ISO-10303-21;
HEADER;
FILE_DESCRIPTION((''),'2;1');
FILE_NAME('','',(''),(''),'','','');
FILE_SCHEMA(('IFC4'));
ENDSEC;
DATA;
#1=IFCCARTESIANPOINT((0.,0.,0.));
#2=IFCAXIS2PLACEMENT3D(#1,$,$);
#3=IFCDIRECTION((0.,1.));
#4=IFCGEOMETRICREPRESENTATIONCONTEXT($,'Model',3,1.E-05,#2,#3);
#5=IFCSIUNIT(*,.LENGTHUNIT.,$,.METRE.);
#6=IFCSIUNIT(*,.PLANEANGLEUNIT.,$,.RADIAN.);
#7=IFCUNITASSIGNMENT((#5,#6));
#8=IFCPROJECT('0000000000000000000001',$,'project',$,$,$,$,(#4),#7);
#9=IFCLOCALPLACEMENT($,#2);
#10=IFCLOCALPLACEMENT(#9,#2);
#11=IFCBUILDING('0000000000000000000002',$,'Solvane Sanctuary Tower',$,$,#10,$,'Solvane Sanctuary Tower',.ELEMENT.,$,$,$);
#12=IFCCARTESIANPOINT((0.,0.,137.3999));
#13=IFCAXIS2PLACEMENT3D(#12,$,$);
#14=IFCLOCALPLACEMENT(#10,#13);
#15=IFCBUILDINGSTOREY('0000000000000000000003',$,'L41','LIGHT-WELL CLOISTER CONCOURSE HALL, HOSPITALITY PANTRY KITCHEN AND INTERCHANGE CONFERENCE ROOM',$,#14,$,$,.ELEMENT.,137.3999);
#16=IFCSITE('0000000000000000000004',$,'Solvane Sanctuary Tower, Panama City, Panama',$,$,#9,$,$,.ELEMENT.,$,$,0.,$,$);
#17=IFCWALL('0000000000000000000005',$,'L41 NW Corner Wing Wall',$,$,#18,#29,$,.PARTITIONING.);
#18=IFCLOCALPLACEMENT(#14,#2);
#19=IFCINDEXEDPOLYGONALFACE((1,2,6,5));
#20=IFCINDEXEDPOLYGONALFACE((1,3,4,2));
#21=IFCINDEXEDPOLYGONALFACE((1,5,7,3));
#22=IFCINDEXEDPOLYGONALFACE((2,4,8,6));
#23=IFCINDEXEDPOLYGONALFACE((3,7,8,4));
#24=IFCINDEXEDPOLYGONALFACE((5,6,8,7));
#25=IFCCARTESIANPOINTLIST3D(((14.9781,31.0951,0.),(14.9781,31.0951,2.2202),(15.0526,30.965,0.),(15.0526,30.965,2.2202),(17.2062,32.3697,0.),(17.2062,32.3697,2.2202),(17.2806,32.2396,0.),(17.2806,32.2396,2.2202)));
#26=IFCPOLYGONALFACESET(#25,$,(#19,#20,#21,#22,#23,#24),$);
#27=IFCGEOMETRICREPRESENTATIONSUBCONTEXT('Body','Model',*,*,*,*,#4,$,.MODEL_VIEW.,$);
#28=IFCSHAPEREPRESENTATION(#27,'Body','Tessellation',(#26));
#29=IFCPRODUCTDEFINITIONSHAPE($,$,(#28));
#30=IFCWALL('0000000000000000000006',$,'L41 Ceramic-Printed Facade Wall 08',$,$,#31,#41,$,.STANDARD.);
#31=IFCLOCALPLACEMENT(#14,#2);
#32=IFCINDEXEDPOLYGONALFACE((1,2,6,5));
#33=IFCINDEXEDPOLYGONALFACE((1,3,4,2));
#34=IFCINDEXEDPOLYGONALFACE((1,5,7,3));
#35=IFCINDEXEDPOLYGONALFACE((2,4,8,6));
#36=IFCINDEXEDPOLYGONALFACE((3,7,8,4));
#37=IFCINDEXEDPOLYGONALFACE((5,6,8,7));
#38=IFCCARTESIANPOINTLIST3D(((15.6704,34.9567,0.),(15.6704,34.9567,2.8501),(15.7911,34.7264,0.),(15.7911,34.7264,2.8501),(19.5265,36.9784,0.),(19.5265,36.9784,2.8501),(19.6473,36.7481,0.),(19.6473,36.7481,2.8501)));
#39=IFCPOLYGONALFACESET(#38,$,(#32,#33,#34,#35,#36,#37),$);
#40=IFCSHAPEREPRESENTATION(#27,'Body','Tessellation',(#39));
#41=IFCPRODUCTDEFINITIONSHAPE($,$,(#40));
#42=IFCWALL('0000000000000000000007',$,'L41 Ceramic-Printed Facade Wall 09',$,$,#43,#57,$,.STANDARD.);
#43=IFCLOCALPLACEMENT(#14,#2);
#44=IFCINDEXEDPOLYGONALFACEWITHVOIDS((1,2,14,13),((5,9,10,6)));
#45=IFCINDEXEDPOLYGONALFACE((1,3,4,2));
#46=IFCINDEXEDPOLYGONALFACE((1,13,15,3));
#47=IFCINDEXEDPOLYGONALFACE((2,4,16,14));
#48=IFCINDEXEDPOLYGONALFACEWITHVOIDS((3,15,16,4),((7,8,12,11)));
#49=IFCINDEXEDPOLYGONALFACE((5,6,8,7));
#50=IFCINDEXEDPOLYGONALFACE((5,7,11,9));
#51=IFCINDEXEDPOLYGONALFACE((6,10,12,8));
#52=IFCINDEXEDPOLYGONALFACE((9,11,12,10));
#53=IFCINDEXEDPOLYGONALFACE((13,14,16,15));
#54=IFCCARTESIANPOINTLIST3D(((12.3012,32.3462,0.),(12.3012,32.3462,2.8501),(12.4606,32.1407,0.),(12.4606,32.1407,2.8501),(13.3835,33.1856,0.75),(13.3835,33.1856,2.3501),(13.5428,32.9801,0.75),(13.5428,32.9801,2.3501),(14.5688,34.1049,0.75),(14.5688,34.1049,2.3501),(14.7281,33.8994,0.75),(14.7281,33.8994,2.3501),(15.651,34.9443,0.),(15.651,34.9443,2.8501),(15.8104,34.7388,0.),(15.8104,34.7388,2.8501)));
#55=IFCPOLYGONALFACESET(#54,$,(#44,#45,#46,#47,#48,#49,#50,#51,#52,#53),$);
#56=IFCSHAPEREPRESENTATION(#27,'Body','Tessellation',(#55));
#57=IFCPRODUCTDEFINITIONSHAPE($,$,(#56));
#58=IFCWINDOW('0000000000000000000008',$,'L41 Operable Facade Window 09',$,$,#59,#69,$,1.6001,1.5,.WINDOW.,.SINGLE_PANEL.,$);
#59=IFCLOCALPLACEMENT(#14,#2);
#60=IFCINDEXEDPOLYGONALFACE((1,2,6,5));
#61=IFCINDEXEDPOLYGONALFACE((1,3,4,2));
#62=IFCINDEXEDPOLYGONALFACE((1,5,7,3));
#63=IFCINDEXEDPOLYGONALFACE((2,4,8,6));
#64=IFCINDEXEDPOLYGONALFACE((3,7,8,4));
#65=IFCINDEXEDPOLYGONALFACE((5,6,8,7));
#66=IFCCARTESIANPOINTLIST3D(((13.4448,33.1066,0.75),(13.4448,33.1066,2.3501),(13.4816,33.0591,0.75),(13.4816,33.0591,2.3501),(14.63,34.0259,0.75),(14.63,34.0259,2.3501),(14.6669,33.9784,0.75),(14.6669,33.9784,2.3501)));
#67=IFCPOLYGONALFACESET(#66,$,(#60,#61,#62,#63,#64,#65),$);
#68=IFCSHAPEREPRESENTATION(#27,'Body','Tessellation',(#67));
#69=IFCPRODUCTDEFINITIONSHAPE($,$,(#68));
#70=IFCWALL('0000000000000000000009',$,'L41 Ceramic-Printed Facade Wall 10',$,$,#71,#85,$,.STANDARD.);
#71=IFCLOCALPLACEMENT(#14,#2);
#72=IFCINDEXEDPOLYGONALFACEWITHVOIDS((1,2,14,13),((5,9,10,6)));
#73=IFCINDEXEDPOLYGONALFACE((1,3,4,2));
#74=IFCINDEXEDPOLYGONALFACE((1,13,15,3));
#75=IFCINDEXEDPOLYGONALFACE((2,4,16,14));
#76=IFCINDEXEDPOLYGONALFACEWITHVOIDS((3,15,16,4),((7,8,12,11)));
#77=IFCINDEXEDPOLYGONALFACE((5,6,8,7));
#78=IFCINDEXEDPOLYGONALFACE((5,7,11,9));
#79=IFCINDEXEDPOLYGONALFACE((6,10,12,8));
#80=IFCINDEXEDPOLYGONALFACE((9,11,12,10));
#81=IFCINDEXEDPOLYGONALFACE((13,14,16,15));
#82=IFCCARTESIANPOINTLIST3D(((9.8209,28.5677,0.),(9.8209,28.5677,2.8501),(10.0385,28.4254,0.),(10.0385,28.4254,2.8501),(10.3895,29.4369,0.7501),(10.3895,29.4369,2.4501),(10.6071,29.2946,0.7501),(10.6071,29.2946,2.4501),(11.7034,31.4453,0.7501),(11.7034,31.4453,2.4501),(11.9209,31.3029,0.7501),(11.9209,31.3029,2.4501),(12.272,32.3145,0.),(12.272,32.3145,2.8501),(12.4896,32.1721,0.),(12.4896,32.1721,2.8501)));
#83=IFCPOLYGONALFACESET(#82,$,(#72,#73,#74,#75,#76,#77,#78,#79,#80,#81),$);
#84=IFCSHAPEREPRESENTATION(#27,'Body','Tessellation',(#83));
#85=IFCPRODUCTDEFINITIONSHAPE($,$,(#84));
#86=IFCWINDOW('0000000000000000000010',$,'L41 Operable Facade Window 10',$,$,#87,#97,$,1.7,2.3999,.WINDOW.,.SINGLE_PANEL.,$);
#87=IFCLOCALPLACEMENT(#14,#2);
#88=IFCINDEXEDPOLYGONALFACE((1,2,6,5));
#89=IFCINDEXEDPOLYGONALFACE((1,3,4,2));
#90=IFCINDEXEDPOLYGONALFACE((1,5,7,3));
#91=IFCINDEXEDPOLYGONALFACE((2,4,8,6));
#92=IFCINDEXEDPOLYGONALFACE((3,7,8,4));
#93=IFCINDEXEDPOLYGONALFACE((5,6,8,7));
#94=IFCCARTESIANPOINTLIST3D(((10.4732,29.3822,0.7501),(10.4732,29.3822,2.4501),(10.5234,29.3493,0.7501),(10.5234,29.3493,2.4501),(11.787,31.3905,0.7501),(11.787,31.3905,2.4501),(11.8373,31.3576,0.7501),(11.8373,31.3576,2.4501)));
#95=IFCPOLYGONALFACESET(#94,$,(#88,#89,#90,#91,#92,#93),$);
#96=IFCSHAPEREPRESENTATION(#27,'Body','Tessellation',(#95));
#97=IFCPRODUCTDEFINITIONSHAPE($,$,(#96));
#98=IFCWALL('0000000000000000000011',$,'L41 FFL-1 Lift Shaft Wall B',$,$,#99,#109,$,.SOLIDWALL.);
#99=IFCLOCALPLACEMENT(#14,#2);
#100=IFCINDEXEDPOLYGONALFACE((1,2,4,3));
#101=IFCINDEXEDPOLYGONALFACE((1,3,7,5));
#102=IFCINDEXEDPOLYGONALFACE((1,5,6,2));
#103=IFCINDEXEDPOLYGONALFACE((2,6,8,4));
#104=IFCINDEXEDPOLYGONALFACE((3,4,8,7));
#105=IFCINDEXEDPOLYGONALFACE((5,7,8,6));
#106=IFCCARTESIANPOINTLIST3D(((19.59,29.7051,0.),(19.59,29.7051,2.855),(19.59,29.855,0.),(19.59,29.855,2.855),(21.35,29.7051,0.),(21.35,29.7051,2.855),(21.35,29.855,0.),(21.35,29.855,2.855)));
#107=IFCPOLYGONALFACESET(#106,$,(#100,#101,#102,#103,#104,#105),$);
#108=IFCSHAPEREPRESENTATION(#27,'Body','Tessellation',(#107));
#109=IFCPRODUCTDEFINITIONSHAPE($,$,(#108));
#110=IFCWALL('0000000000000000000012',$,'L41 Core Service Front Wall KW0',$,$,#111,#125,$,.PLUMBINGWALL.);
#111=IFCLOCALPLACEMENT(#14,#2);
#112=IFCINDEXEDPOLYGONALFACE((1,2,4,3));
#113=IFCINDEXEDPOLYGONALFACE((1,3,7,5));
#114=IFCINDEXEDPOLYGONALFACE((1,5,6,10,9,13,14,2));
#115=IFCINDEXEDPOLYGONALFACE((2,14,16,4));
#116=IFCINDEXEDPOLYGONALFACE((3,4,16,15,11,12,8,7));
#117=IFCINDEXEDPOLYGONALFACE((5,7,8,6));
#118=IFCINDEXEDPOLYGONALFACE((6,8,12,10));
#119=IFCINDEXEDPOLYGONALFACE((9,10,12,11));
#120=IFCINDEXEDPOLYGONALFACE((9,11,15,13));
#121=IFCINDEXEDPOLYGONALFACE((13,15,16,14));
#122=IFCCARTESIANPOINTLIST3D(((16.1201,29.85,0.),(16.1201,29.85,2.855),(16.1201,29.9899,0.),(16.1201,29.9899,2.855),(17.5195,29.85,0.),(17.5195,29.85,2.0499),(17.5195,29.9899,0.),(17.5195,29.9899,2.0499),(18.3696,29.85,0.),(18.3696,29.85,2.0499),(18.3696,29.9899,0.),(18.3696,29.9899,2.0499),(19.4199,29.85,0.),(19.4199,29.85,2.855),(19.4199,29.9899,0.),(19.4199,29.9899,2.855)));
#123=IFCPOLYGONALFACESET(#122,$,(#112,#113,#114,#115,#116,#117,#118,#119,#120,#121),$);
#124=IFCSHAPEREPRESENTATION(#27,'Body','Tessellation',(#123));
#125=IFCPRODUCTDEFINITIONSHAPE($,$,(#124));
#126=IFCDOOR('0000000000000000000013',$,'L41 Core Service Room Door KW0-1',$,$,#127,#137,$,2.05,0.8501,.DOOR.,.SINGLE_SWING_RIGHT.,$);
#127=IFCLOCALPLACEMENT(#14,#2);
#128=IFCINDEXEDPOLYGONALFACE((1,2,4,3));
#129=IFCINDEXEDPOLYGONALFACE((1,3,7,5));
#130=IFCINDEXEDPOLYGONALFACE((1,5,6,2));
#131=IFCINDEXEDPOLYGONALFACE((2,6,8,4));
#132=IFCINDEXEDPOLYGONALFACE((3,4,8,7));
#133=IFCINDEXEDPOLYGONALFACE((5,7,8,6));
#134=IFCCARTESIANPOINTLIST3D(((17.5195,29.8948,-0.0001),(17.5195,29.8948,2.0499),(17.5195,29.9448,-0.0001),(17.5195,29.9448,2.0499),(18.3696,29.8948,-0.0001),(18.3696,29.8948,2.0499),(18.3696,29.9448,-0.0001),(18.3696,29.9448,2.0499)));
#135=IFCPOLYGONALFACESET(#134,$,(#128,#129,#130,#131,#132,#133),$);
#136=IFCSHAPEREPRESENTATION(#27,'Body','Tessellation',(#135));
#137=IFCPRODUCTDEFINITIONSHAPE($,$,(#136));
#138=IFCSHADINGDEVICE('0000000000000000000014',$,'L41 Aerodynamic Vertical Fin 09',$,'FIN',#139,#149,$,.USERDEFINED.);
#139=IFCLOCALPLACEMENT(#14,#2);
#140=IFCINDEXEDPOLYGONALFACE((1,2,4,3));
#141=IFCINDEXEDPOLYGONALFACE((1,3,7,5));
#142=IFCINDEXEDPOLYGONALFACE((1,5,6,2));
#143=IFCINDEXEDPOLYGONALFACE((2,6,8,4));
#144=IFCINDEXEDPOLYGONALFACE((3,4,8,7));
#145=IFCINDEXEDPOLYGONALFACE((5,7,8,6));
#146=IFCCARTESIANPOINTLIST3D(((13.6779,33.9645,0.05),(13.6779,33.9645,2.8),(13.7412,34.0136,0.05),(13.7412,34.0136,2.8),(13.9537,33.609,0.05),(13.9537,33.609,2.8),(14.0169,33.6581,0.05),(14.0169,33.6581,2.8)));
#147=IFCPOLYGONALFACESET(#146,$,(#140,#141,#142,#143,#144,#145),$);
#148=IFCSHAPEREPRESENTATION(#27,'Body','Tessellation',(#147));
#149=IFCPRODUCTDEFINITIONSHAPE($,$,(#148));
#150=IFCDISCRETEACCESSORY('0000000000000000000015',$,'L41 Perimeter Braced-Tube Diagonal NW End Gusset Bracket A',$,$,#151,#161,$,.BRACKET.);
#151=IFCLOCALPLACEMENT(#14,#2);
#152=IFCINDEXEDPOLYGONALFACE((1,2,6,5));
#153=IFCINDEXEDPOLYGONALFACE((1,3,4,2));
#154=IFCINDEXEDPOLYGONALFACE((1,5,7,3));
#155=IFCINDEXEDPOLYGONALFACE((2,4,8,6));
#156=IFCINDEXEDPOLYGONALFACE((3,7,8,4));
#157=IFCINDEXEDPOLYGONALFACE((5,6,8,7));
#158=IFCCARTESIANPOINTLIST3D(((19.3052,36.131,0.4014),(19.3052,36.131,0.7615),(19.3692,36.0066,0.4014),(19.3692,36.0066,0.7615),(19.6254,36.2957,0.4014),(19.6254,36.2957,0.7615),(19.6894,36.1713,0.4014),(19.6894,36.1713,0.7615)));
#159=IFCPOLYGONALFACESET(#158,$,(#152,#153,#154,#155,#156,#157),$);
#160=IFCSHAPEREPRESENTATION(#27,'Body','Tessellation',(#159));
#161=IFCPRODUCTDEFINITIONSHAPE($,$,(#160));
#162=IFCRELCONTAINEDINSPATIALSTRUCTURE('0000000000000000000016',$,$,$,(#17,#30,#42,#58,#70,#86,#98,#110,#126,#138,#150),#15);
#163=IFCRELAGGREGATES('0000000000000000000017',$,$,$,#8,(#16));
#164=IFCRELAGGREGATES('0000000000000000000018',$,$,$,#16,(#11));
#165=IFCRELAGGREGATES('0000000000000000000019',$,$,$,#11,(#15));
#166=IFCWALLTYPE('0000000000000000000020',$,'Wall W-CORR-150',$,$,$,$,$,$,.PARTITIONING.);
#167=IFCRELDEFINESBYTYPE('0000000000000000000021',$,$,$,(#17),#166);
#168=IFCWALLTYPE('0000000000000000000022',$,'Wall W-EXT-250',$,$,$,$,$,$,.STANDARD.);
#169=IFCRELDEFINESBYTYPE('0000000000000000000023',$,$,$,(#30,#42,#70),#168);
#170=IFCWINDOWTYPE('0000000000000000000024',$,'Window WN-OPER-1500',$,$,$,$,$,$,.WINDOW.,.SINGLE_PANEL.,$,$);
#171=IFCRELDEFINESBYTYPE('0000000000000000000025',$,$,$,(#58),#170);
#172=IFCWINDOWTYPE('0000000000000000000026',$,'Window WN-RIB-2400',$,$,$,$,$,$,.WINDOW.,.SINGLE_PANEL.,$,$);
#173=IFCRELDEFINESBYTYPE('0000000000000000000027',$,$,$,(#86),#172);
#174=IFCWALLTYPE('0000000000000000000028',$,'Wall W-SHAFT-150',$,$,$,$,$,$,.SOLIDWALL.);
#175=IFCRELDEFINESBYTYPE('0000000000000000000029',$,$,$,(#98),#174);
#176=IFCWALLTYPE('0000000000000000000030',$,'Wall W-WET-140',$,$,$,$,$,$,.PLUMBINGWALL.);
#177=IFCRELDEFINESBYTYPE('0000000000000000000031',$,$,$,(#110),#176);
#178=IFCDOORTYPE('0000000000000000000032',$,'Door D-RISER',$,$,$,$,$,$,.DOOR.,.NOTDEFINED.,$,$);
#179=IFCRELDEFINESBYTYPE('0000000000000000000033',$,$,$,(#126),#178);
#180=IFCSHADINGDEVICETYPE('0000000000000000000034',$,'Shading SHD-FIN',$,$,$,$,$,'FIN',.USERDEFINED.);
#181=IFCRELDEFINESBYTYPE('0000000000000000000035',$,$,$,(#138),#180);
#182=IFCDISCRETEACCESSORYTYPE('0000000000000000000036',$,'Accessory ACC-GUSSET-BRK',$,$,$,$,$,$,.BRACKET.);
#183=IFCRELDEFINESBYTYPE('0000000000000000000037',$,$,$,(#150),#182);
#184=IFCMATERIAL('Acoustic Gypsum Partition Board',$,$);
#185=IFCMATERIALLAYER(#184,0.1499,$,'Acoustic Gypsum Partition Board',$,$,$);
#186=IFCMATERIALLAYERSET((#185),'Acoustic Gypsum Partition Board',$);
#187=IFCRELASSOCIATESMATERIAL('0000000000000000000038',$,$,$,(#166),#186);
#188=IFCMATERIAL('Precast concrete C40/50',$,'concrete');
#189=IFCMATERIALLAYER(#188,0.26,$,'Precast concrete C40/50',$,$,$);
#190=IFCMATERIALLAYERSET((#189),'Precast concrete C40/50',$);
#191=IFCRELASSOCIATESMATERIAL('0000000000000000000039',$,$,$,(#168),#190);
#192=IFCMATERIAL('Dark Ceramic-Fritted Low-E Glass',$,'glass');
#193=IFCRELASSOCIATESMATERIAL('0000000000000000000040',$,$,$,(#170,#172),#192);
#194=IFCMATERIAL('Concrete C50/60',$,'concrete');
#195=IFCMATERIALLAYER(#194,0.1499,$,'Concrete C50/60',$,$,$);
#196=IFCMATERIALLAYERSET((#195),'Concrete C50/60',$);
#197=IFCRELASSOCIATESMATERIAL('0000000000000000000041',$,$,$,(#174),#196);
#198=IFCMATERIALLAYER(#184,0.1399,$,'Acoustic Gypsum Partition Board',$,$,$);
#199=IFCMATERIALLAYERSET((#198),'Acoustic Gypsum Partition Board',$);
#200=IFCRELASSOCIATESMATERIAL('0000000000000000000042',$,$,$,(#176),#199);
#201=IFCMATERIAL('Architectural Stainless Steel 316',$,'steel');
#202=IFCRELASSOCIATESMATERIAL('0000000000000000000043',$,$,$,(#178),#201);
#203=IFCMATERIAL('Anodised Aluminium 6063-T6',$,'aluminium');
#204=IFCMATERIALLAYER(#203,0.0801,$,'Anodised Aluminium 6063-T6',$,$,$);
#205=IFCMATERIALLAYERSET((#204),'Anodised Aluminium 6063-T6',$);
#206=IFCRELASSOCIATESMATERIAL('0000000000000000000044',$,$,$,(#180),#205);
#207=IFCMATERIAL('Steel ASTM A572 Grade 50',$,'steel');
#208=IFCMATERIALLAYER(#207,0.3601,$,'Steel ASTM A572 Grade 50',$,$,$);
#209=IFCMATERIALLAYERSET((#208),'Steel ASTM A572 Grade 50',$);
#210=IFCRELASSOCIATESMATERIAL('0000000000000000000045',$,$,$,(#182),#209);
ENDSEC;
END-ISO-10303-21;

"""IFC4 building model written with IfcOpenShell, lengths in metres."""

from ifc_helpers import new_model, si_unit, direction, frame, frame_2d, origin, origin_2d, place, context, subcontext, project, spatial, rectangle, extrude, material, layer, layer_set, type_object, element, fill, save


model = new_model("IFC4")

# Units and contexts
model_context = context("Model", 3, precision=1e-05, world=origin(), true_north=direction((0.0, 1.0)))
body_context = subcontext(model_context, "Body", "Model", "MODEL_VIEW")
ifc_project = project(units=[si_unit("LENGTHUNIT", "METRE"), si_unit("PLANEANGLEUNIT", "RADIAN")], contexts=[model_context])

# Site, building, storey
site_placement = place(None, origin())
site = spatial("IfcSite", under=ifc_project, at=site_placement, Name="Solvane Sanctuary Tower, Panama City, Panama", CompositionType="ELEMENT", RefElevation=0.0)
building_placement = place(site_placement, origin())
building = spatial("IfcBuilding", under=site, at=building_placement, Name="Solvane Sanctuary Tower", LongName="Solvane Sanctuary Tower", CompositionType="ELEMENT")
storey_placement = place(building_placement, frame((0.0, 0.0, 137.3999)))
storey = spatial("IfcBuildingStorey", under=building, at=storey_placement, Name="L41", Description="LIGHT-WELL CLOISTER CONCOURSE HALL, HOSPITALITY PANTRY KITCHEN AND INTERCHANGE CONFERENCE ROOM", CompositionType="ELEMENT", Elevation=137.3999)

# Shared definitions
ifc_material_1 = material(Name="Anodised Aluminium 6063-T6", Category="aluminium")

# Shared definitions
ifc_material_2 = material(Name="Acoustic Gypsum Partition Board")
ifc_layer_1 = layer(ifc_material_2, 0.1499, Name="Acoustic Gypsum Partition Board")
ifc_layer_set_1 = layer_set([ifc_layer_1], Name="Acoustic Gypsum Partition Board")
wall_type_1 = type_object("IfcWallType", Name="Wall W-CORR-150", PredefinedType="PARTITIONING", material=ifc_layer_set_1)

# Walls
wall_1_placement = place(storey_placement, frame((17.2434, 32.3047, 0.0), z_axis=(0.0, 0.0, 1.0), x_axis=(-0.867991, -0.496579, 0.0)))
element("IfcWall", 1, at=wall_1_placement, inside=storey, type_object=wall_type_1, Name="L41 NW Corner Wing Wall", PredefinedType="PARTITIONING", context=body_context, shape_type="SweptSolid", body=[
    extrude(rectangle(XDim=2.5669, YDim=0.1499, at=frame_2d((1.2834, 0.0))), origin(), (0.0, 0.0, 1.0), 2.2202),
])
ifc_material_3 = material(Name="Precast concrete C40/50", Category="concrete")
ifc_layer_2 = layer(ifc_material_3, 0.26, Name="Precast concrete C40/50")
ifc_layer_set_2 = layer_set([ifc_layer_2], Name="Precast concrete C40/50")
wall_type_2 = type_object("IfcWallType", Name="Wall W-EXT-250", PredefinedType="STANDARD", material=ifc_layer_set_2)
wall_2_placement = place(storey_placement, frame((19.5869, 36.8633, 0.0), z_axis=(0.0, 0.0, 1.0), x_axis=(-0.88566, -0.464334, 0.0)))
element("IfcWall", 2, at=wall_2_placement, inside=storey, type_object=wall_type_2, Name="L41 Ceramic-Printed Facade Wall 08", PredefinedType="STANDARD", context=body_context, shape_type="SweptSolid", body=[
    extrude(rectangle(XDim=4.354, YDim=0.26, at=frame_2d((2.177, 0.0))), origin(), (0.0, 0.0, 1.0), 2.8501),
])

# Walls, openings, windows
wall_3_placement = place(storey_placement, frame((15.7307, 34.8416, 0.0), z_axis=(0.0, 0.0, 1.0), x_axis=(-0.790186, -0.612868, 0.0)))
wall_3 = element("IfcWall", 3, at=wall_3_placement, inside=storey, type_object=wall_type_2, Name="L41 Ceramic-Printed Facade Wall 09", PredefinedType="STANDARD", context=body_context, shape_type="SweptSolid", body=[
    extrude(rectangle(XDim=4.2393, YDim=0.26, at=frame_2d((2.1196, 0.0))), origin(), (0.0, 0.0, 1.0), 2.8501),
])
opening_1_placement = place(wall_3_placement, frame((1.3696, 0.0, 0.75)))
opening_1 = element("IfcOpeningElement", 4, at=opening_1_placement, cuts=wall_3, PredefinedType="OPENING", context=body_context, shape_type="SweptSolid", body=[
    extrude(rectangle(XDim=1.5, YDim=1.6001, at=frame_2d((0.75, 0.8))), frame((0.0, 0.1399, 0.0), z_axis=(0.0, -1.0, 0.0), x_axis=(1.0, 0.0, 0.0)), (0.0, 0.0, 1.0), 0.28),
])
ifc_material_4 = material(Name="Dark Ceramic-Fritted Low-E Glass", Category="glass")
window_type_1 = type_object("IfcWindowType", Name="Window WN-OPER-1500", PartitioningType="SINGLE_PANEL", PredefinedType="WINDOW", material=ifc_material_4)
window_1_placement = place(opening_1_placement, origin())
window_1 = element("IfcWindow", 5, at=window_1_placement, inside=storey, type_object=window_type_1, Name="L41 Operable Facade Window 09", OverallHeight=1.6001, OverallWidth=1.5, PartitioningType="SINGLE_PANEL", PredefinedType="WINDOW", context=body_context, shape_type="SweptSolid", body=[
    extrude(rectangle(XDim=1.5, YDim=1.6001, at=frame_2d((0.75, 0.8))), frame((0.0, 0.03, 0.0), z_axis=(0.0, -1.0, 0.0), x_axis=(1.0, 0.0, 0.0)), (0.0, 0.0, 1.0), 0.0601),
])
fill(opening_1, window_1)
wall_4_placement = place(storey_placement, frame((12.3809, 32.2434, 0.0), z_axis=(0.0, 0.0, 1.0), x_axis=(-0.547456, -0.836834, 0.0)))
wall_4 = element("IfcWall", 6, at=wall_4_placement, inside=storey, type_object=wall_type_2, Name="L41 Ceramic-Printed Facade Wall 10", PredefinedType="STANDARD", context=body_context, shape_type="SweptSolid", body=[
    extrude(rectangle(XDim=4.4773, YDim=0.26, at=frame_2d((2.2388, 0.0))), origin(), (0.0, 0.0, 1.0), 2.8501),
])
opening_2_placement = place(wall_4_placement, frame((1.0388, 0.0, 0.75)))
opening_2 = element("IfcOpeningElement", 7, at=opening_2_placement, cuts=wall_4, PredefinedType="OPENING", context=body_context, shape_type="SweptSolid", body=[
    extrude(rectangle(XDim=2.3999, YDim=1.7, at=frame_2d((1.2, 0.8501))), frame((0.0, 0.1399, 0.0), z_axis=(0.0, -1.0, 0.0), x_axis=(1.0, 0.0, 0.0)), (0.0, 0.0, 1.0), 0.28),
])
window_type_2 = type_object("IfcWindowType", Name="Window WN-RIB-2400", PartitioningType="SINGLE_PANEL", PredefinedType="WINDOW", material=ifc_material_4)
window_2_placement = place(opening_2_placement, origin())
window_2 = element("IfcWindow", 8, at=window_2_placement, inside=storey, type_object=window_type_2, Name="L41 Operable Facade Window 10", OverallHeight=1.7, OverallWidth=2.3999, PartitioningType="SINGLE_PANEL", PredefinedType="WINDOW", context=body_context, shape_type="SweptSolid", body=[
    extrude(rectangle(XDim=2.3999, YDim=1.7, at=frame_2d((1.2, 0.8501))), frame((0.0, 0.03, 0.0), z_axis=(0.0, -1.0, 0.0), x_axis=(1.0, 0.0, 0.0)), (0.0, 0.0, 1.0), 0.0601),
])
fill(opening_2, window_2)

# Wall
ifc_material_5 = material(Name="Concrete C50/60", Category="concrete")
ifc_layer_3 = layer(ifc_material_5, 0.1499, Name="Concrete C50/60")
ifc_layer_set_3 = layer_set([ifc_layer_3], Name="Concrete C50/60")
wall_type_3 = type_object("IfcWallType", Name="Wall W-SHAFT-150", PredefinedType="SOLIDWALL", material=ifc_layer_set_3)
wall_5_placement = place(storey_placement, frame((19.5901, 29.78, 0.0), z_axis=(0.0, 0.0, 1.0), x_axis=(1.0, 0.0, 0.0)))
element("IfcWall", 9, at=wall_5_placement, inside=storey, type_object=wall_type_3, Name="L41 FFL-1 Lift Shaft Wall B", PredefinedType="SOLIDWALL", context=body_context, shape_type="SweptSolid", body=[
    extrude(rectangle(XDim=1.76, YDim=0.1499, at=frame_2d((0.8799, 0.0))), origin(), (0.0, 0.0, 1.0), 2.855),
])

# Wall, opening, door
ifc_layer_4 = layer(ifc_material_2, 0.1399, Name="Acoustic Gypsum Partition Board")
ifc_layer_set_4 = layer_set([ifc_layer_4], Name="Acoustic Gypsum Partition Board")
wall_type_4 = type_object("IfcWallType", Name="Wall W-WET-140", PredefinedType="PLUMBINGWALL", material=ifc_layer_set_4)
wall_6_placement = place(storey_placement, frame((16.1201, 29.9199, 0.0), z_axis=(0.0, 0.0, 1.0), x_axis=(1.0, 0.0, 0.0)))
wall_6 = element("IfcWall", 10, at=wall_6_placement, inside=storey, type_object=wall_type_4, Name="L41 Core Service Front Wall KW0", PredefinedType="PLUMBINGWALL", context=body_context, shape_type="SweptSolid", body=[
    extrude(rectangle(XDim=3.2998, YDim=0.1399, at=frame_2d((1.6499, 0.0))), origin(), (0.0, 0.0, 1.0), 2.855),
])
opening_3_placement = place(wall_6_placement, frame((1.3994, 0.0, 0.0)))
opening_3 = element("IfcOpeningElement", 11, at=opening_3_placement, cuts=wall_6, PredefinedType="OPENING", context=body_context, shape_type="SweptSolid", body=[
    extrude(rectangle(XDim=0.8501, YDim=2.05, at=frame_2d((0.425, 1.0249))), frame((0.0, 0.0798, 0.0), z_axis=(0.0, -1.0, 0.0), x_axis=(1.0, 0.0, 0.0)), (0.0, 0.0, 1.0), 0.1599),
])
ifc_material_6 = material(Name="Architectural Stainless Steel 316", Category="steel")
door_type_1 = type_object("IfcDoorType", Name="Door D-RISER", OperationType="NOTDEFINED", PredefinedType="DOOR", material=ifc_material_6)
door_1_placement = place(opening_3_placement, origin())
door_1 = element("IfcDoor", 12, at=door_1_placement, inside=storey, type_object=door_type_1, Name="L41 Core Service Room Door KW0-1", OperationType="SINGLE_SWING_RIGHT", OverallHeight=2.05, OverallWidth=0.8501, PredefinedType="DOOR", context=body_context, shape_type="SweptSolid", body=[
    extrude(rectangle(XDim=0.8501, YDim=2.05, at=frame_2d((0.425, 1.0249))), frame((0.0, 0.0249, 0.0), z_axis=(0.0, -1.0, 0.0), x_axis=(1.0, 0.0, 0.0)), (0.0, 0.0, 1.0), 0.05),
])
fill(opening_3, door_1)

# Shading device
ifc_layer_5 = layer(ifc_material_1, 0.0801, Name="Anodised Aluminium 6063-T6")
ifc_layer_set_5 = layer_set([ifc_layer_5], Name="Anodised Aluminium 6063-T6")
shading_device_type = type_object("IfcShadingDeviceType", Name="Shading SHD-FIN", ElementType="FIN", PredefinedType="USERDEFINED", material=ifc_layer_set_5)
shading_device_placement = place(storey_placement, frame((13.8474, 33.8113, 0.05), z_axis=(0.0, 0.0, 1.0), x_axis=(-0.790166, -0.612893, 0.0)))
element("IfcShadingDevice", 13, at=shading_device_placement, inside=storey, type_object=shading_device_type, Name="L41 Aerodynamic Vertical Fin 09", ObjectType="FIN", PredefinedType="USERDEFINED", context=body_context, shape_type="SweptSolid", body=[
    extrude(rectangle(XDim=0.0801, YDim=0.45, at=origin_2d()), origin(), (0.0, 0.0, 1.0), 2.75),
])

# Discrete accessory
ifc_material_7 = material(Name="Steel ASTM A572 Grade 50", Category="steel")
ifc_layer_6 = layer(ifc_material_7, 0.3601, Name="Steel ASTM A572 Grade 50")
ifc_layer_set_6 = layer_set([ifc_layer_6], Name="Steel ASTM A572 Grade 50")
discrete_accessory_type_1 = type_object("IfcDiscreteAccessoryType", Name="Accessory ACC-GUSSET-BRK", PredefinedType="BRACKET", material=ifc_layer_set_6)
for number, where, z_axis, x_axis, name in (
    (14, (19.4973, 36.1511, 0.4014), (0.0, 0.0, 1.0), (-0.889257, -0.457408, 0.0), "L41 Perimeter Braced-Tube Diagonal NW End Gusset Bracket A"),
):
    element("IfcDiscreteAccessory", number, at=place(storey_placement, frame(where, z_axis=z_axis, x_axis=x_axis)), inside=storey, type_object=discrete_accessory_type_1, Name=name, PredefinedType="BRACKET", context=body_context, shape_type="SweptSolid", body=[
        extrude(rectangle(XDim=0.3601, YDim=0.1399, at=origin_2d()), origin(), (0.0, 0.0, 1.0), 0.3601),
    ])

save(model, "model.ifc")
